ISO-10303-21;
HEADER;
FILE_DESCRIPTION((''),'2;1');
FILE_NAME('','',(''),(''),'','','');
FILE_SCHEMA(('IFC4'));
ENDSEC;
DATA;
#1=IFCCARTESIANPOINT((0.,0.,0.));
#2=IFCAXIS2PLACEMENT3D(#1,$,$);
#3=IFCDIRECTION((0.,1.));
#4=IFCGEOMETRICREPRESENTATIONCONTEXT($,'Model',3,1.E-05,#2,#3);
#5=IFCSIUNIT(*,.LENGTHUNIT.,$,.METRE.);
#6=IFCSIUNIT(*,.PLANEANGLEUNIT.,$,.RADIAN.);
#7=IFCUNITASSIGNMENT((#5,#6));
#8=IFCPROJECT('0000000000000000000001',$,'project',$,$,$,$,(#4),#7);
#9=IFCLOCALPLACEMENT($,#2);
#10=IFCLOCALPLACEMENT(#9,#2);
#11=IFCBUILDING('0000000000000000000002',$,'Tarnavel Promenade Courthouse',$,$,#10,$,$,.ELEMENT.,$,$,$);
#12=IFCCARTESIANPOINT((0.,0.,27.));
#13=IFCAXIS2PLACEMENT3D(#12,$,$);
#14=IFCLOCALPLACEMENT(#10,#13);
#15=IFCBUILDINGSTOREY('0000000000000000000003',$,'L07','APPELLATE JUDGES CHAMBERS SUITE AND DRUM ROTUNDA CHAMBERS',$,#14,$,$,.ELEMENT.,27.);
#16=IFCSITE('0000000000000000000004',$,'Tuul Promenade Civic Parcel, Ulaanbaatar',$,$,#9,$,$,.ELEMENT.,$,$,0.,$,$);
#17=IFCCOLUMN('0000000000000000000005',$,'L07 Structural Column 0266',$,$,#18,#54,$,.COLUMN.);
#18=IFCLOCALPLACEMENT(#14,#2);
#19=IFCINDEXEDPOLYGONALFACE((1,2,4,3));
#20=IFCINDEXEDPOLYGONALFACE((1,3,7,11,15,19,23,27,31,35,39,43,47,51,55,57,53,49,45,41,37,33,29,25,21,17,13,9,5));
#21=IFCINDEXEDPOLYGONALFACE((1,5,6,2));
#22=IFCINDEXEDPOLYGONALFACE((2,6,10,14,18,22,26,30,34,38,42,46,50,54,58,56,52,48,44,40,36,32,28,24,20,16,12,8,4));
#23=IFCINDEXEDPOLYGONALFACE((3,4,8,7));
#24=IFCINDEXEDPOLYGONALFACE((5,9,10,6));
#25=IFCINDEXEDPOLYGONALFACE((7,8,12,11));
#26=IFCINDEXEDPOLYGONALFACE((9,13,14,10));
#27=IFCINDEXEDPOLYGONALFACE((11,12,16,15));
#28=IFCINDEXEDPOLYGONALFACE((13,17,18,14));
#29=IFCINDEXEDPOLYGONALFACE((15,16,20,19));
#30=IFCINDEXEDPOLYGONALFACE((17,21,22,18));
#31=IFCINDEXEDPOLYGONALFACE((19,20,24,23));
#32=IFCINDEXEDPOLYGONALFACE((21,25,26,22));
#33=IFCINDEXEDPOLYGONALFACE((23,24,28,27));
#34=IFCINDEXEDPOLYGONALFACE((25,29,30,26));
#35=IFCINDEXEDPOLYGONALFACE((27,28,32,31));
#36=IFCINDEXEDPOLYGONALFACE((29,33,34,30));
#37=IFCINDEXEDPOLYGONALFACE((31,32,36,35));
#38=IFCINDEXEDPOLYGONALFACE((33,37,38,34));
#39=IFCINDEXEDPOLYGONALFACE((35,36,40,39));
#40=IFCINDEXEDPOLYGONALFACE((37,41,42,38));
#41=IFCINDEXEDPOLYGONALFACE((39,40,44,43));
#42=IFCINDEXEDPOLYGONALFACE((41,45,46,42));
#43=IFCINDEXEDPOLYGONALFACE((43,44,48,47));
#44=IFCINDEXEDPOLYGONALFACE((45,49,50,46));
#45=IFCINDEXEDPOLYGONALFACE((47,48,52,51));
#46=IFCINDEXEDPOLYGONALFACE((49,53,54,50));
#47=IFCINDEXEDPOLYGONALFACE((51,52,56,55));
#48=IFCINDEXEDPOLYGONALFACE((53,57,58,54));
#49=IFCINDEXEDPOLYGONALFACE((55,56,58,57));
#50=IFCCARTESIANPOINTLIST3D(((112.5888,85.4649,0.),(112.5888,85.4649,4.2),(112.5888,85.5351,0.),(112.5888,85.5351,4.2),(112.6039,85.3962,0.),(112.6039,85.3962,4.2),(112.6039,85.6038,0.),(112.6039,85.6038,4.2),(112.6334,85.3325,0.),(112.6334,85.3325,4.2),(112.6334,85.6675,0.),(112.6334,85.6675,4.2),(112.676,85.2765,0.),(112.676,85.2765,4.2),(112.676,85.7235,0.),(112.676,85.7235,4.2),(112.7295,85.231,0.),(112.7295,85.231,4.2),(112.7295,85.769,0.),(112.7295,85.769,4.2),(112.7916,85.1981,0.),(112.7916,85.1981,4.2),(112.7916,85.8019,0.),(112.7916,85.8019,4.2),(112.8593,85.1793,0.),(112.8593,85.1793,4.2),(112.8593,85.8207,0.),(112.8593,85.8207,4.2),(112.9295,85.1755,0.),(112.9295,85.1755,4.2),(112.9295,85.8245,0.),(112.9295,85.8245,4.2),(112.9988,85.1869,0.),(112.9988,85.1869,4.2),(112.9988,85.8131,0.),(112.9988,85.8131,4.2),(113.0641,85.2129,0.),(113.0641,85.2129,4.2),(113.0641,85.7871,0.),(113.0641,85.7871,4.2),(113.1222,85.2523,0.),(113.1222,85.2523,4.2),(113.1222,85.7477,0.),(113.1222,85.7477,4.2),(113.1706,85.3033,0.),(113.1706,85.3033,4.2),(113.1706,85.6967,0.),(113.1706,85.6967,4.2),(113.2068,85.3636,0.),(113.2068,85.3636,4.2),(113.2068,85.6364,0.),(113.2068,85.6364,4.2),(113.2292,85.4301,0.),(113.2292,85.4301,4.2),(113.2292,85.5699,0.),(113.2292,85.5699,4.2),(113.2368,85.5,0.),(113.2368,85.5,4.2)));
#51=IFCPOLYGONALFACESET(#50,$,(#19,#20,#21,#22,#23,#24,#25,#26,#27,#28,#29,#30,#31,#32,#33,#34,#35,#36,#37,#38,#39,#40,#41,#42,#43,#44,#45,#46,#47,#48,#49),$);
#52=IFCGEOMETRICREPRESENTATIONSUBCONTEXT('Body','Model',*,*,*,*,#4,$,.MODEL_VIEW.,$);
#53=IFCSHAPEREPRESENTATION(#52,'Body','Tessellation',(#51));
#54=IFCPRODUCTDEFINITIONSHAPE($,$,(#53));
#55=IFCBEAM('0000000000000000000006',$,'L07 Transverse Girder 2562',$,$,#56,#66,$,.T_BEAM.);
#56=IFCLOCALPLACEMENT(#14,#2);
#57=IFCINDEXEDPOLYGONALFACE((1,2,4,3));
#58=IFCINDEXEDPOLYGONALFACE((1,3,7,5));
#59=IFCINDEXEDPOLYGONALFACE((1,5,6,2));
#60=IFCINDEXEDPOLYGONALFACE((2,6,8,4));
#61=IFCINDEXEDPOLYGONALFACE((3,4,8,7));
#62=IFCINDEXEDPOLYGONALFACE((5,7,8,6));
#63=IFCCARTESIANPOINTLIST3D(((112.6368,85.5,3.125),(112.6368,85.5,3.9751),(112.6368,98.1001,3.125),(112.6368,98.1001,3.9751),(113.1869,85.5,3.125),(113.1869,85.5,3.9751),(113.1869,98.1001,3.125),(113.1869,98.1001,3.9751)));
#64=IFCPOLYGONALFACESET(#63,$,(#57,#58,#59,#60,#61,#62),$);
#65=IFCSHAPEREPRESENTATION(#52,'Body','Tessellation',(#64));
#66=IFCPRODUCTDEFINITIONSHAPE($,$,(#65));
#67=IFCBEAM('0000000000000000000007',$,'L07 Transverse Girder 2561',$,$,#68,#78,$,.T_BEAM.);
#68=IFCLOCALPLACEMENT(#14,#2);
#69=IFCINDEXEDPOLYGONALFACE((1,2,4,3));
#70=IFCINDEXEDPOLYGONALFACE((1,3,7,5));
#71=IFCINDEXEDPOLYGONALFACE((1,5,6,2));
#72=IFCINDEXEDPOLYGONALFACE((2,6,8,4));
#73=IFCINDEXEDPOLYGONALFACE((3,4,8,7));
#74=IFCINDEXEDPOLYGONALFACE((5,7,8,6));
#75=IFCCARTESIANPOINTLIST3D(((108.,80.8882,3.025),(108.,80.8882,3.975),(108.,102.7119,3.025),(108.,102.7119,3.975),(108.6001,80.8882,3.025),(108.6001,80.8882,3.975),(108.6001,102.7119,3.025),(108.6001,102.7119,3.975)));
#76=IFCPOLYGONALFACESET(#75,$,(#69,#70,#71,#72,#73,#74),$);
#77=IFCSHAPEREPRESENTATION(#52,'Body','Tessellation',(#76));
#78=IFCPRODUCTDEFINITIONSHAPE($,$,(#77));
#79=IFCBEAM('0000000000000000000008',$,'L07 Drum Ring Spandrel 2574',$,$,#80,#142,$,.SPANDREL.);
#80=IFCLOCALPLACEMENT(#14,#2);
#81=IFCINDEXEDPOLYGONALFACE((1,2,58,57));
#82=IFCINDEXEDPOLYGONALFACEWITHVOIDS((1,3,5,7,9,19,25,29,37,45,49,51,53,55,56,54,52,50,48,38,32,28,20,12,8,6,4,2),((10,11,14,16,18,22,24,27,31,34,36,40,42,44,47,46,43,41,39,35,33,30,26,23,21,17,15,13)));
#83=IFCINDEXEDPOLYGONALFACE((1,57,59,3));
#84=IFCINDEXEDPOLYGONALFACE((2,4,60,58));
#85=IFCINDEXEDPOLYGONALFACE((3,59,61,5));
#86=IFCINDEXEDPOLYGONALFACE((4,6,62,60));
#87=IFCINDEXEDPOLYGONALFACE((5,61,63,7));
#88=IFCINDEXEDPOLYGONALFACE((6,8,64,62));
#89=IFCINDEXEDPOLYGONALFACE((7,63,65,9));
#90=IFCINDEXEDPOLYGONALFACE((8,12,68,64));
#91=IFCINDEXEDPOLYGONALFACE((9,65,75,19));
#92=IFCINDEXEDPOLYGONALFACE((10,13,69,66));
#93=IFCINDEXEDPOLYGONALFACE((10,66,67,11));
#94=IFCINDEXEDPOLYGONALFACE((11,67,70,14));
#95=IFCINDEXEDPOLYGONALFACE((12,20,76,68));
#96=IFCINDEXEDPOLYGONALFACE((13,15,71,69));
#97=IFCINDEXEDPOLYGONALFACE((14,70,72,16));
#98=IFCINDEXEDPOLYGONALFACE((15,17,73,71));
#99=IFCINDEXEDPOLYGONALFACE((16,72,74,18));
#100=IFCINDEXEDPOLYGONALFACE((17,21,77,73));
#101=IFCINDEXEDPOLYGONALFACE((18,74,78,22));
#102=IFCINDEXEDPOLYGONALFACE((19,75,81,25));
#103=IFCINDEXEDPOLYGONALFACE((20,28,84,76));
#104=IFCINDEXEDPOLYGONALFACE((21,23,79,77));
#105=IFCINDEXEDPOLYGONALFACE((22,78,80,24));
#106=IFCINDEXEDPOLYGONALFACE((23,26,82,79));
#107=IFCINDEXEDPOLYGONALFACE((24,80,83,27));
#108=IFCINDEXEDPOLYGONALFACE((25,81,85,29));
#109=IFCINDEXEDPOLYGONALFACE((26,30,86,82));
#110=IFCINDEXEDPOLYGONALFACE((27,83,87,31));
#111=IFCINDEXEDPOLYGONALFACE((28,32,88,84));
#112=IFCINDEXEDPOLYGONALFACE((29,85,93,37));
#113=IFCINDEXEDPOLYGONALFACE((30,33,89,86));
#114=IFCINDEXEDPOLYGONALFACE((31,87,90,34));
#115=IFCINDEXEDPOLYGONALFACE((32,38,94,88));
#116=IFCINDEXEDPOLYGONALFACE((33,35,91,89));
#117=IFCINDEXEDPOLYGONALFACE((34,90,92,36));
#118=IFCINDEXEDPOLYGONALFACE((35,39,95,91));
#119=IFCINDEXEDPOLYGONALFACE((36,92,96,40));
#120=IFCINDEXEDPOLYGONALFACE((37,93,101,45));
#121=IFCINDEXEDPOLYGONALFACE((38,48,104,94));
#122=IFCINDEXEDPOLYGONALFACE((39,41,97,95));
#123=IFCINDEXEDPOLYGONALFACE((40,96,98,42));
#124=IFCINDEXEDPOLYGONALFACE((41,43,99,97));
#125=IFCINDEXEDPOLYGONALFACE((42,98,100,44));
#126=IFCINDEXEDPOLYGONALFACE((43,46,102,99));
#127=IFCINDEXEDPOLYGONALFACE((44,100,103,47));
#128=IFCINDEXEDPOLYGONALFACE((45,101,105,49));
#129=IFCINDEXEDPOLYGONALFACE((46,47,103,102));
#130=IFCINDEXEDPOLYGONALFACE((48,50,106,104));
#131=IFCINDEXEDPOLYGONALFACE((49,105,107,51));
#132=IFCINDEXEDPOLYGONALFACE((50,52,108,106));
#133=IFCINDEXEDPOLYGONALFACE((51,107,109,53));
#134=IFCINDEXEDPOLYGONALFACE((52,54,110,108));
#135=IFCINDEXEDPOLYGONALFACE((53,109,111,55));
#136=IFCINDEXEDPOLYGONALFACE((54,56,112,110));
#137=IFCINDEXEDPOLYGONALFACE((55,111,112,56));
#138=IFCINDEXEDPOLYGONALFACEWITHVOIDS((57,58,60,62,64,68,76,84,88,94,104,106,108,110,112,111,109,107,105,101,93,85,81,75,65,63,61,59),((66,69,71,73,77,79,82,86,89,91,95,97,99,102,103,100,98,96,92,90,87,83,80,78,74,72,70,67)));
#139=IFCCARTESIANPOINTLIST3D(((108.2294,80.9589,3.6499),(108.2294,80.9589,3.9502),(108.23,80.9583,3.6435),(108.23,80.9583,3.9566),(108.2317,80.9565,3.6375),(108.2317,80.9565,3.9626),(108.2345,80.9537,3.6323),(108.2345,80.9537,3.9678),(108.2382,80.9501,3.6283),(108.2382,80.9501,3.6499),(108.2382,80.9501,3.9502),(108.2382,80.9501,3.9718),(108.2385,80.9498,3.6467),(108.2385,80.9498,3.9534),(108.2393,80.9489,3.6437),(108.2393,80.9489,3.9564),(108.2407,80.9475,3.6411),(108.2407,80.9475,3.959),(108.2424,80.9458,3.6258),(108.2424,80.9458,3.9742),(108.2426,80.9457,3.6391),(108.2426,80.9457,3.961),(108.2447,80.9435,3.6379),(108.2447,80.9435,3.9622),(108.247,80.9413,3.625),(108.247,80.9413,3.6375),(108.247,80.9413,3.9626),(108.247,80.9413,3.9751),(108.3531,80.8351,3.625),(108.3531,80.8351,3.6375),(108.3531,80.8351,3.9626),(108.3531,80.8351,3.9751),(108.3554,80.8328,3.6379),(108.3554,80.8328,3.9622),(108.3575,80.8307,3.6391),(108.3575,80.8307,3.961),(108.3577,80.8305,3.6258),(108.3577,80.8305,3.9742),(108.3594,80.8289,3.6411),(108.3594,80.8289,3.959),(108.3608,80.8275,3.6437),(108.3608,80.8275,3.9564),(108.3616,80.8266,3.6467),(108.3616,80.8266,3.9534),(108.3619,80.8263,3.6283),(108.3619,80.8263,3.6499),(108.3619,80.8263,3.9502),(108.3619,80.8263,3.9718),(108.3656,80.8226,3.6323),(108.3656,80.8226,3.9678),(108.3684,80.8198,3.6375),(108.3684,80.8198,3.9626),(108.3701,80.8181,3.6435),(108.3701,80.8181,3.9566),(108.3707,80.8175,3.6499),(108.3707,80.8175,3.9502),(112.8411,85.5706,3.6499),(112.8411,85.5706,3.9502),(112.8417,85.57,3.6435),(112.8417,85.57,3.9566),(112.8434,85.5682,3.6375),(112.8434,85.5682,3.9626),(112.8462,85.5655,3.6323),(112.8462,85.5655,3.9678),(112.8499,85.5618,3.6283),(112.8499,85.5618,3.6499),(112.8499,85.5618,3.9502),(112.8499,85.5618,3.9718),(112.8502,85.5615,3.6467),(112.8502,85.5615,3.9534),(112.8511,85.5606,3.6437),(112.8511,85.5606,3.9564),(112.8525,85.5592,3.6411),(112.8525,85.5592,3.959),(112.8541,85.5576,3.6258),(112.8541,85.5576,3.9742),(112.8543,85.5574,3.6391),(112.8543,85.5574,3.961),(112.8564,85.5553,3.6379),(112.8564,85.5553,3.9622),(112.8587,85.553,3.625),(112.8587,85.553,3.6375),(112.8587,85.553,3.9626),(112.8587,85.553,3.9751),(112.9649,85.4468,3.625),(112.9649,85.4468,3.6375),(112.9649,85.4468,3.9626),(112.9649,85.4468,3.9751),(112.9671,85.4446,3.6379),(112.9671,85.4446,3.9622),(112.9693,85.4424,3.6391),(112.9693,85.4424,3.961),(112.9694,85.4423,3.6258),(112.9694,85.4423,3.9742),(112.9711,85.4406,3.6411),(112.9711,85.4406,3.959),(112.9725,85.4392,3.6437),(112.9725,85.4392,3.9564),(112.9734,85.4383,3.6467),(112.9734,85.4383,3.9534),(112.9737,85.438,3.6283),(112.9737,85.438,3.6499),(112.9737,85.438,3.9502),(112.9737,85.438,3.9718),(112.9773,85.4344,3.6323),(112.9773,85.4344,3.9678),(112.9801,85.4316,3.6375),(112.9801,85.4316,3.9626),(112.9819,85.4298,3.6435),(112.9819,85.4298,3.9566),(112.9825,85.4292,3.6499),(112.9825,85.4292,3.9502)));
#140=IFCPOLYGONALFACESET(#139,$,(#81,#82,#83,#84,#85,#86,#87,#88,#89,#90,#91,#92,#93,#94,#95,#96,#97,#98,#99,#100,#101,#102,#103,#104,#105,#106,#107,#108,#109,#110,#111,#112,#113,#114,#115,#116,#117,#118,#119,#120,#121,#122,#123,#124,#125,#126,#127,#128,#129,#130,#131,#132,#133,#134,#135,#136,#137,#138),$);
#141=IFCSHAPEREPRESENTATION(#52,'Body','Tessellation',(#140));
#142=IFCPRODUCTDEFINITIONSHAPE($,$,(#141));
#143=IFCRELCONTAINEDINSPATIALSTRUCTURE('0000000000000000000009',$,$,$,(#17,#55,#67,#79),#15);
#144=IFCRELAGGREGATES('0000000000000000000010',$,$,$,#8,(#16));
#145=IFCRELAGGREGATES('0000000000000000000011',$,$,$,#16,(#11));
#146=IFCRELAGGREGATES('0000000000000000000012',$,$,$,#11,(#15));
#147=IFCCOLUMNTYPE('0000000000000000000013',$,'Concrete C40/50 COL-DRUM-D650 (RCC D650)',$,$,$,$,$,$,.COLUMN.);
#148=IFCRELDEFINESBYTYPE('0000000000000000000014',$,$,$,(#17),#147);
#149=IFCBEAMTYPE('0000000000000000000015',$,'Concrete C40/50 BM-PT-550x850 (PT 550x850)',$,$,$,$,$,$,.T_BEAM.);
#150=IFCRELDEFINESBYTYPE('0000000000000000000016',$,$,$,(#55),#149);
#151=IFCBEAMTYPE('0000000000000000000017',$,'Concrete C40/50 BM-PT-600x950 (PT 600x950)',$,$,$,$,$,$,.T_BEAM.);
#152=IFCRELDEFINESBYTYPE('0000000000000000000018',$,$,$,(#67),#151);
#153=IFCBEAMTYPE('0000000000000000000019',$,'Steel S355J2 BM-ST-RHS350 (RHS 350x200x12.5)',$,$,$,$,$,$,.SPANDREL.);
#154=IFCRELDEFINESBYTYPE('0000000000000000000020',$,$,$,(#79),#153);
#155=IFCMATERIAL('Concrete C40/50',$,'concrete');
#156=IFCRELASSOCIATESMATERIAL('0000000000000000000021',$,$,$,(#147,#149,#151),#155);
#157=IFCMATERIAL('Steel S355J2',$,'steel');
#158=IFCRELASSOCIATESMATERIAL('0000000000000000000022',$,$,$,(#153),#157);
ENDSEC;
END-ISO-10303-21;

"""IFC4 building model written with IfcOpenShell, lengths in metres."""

from ifc_helpers import new_model, si_unit, direction, frame, origin, origin_2d, place, context, subcontext, project, spatial, rectangle, hollow_rectangle, circle, extrude, material, material_profile, profile_set, type_object, element, save


model = new_model("IFC4")

# Units and contexts
model_context = context("Model", 3, precision=1e-05, world=origin(), true_north=direction((0.0, 1.0)))
body_context = subcontext(model_context, "Body", "Model", "MODEL_VIEW")
ifc_project = project(units=[si_unit("LENGTHUNIT", "METRE"), si_unit("PLANEANGLEUNIT", "RADIAN")], contexts=[model_context])

# Site, building, storey
site_placement = place(None, origin())
site = spatial("IfcSite", under=ifc_project, at=site_placement, Name="Tuul Promenade Civic Parcel, Ulaanbaatar", CompositionType="ELEMENT", RefElevation=0.0)
building_placement = place(site_placement, origin())
building = spatial("IfcBuilding", under=site, at=building_placement, Name="Tarnavel Promenade Courthouse", CompositionType="ELEMENT")
storey_placement = place(building_placement, frame((0.0, 0.0, 27.0)))
storey = spatial("IfcBuildingStorey", under=building, at=storey_placement, Name="L07", Description="APPELLATE JUDGES CHAMBERS SUITE AND DRUM ROTUNDA CHAMBERS", CompositionType="ELEMENT", Elevation=27.0)

# Column
ifc_material_1 = material(Name="Concrete C40/50", Category="concrete")
ifc_material_profile_1 = material_profile(ifc_material_1, circle(Radius=0.325, at=origin_2d()), Name="RCC D650")
ifc_profile_set_1 = profile_set([ifc_material_profile_1], Name="Concrete C40/50")
column_type = type_object("IfcColumnType", Name="Concrete C40/50 COL-DRUM-D650 (RCC D650)", PredefinedType="COLUMN", material=ifc_profile_set_1)
column_placement = place(storey_placement, frame((112.9119, 85.5, 0.0), z_axis=(0.0, 0.0, 1.0), x_axis=(1.0, 0.0, 0.0)))
element("IfcColumn", 1, at=column_placement, inside=storey, type_object=column_type, Name="L07 Structural Column 0266", PredefinedType="COLUMN", context=body_context, shape_type="SweptSolid", body=[
    extrude(circle(Radius=0.325, at=origin_2d()), origin(), (0.0, 0.0, 1.0), 4.2),
])

# Beams
ifc_material_profile_2 = material_profile(ifc_material_1, rectangle(XDim=0.55, YDim=0.8501, at=origin_2d()), Name="PT 550x850")
ifc_profile_set_2 = profile_set([ifc_material_profile_2], Name="Concrete C40/50")
beam_type_1 = type_object("IfcBeamType", Name="Concrete C40/50 BM-PT-550x850 (PT 550x850)", PredefinedType="T_BEAM", material=ifc_profile_set_2)
beam_1_placement = place(storey_placement, frame((112.9119, 85.5, 3.55), z_axis=(0.0, 1.0, 0.0), x_axis=(-1.0, 0.0, 0.0)))
element("IfcBeam", 2, at=beam_1_placement, inside=storey, type_object=beam_type_1, Name="L07 Transverse Girder 2562", PredefinedType="T_BEAM", context=body_context, shape_type="SweptSolid", body=[
    extrude(rectangle(XDim=0.55, YDim=0.8501, at=origin_2d()), origin(), (0.0, 0.0, 1.0), 12.6001),
])
ifc_material_profile_3 = material_profile(ifc_material_1, rectangle(XDim=0.6001, YDim=0.95, at=origin_2d()), Name="PT 600x950")
ifc_profile_set_3 = profile_set([ifc_material_profile_3], Name="Concrete C40/50")
beam_type_2 = type_object("IfcBeamType", Name="Concrete C40/50 BM-PT-600x950 (PT 600x950)", PredefinedType="T_BEAM", material=ifc_profile_set_3)
beam_2_placement = place(storey_placement, frame((108.3, 80.8882, 3.5), z_axis=(0.0, 1.0, 0.0), x_axis=(-1.0, 0.0, 0.0)))
element("IfcBeam", 3, at=beam_2_placement, inside=storey, type_object=beam_type_2, Name="L07 Transverse Girder 2561", PredefinedType="T_BEAM", context=body_context, shape_type="SweptSolid", body=[
    extrude(rectangle(XDim=0.6001, YDim=0.95, at=origin_2d()), origin(), (0.0, 0.0, 1.0), 21.8237),
])
ifc_material_2 = material(Name="Steel S355J2", Category="steel")
ifc_material_profile_4 = material_profile(ifc_material_2, hollow_rectangle(XDim=0.2, YDim=0.3501, WallThickness=0.0125, InnerFilletRadius=0.0125, OuterFilletRadius=0.0249, at=origin_2d()), Name="RHS 350x200x12.5")
ifc_profile_set_4 = profile_set([ifc_material_profile_4], Name="Steel S355J2")
beam_type_3 = type_object("IfcBeamType", Name="Steel S355J2 BM-ST-RHS350 (RHS 350x200x12.5)", PredefinedType="SPANDREL", material=ifc_profile_set_4)
beam_3_placement = place(storey_placement, frame((108.3, 80.8882, 3.8), z_axis=(0.707107, 0.707107, 0.0), x_axis=(-0.707107, 0.707107, 0.0)))
element("IfcBeam", 4, at=beam_3_placement, inside=storey, type_object=beam_type_3, Name="L07 Drum Ring Spandrel 2574", PredefinedType="SPANDREL", context=body_context, shape_type="SweptSolid", body=[
    extrude(hollow_rectangle(XDim=0.2, YDim=0.3501, WallThickness=0.0125, InnerFilletRadius=0.0125, OuterFilletRadius=0.0249, at=origin_2d()), origin(), (0.0, 0.0, 1.0), 6.522),
])

save(model, "model.ifc")
